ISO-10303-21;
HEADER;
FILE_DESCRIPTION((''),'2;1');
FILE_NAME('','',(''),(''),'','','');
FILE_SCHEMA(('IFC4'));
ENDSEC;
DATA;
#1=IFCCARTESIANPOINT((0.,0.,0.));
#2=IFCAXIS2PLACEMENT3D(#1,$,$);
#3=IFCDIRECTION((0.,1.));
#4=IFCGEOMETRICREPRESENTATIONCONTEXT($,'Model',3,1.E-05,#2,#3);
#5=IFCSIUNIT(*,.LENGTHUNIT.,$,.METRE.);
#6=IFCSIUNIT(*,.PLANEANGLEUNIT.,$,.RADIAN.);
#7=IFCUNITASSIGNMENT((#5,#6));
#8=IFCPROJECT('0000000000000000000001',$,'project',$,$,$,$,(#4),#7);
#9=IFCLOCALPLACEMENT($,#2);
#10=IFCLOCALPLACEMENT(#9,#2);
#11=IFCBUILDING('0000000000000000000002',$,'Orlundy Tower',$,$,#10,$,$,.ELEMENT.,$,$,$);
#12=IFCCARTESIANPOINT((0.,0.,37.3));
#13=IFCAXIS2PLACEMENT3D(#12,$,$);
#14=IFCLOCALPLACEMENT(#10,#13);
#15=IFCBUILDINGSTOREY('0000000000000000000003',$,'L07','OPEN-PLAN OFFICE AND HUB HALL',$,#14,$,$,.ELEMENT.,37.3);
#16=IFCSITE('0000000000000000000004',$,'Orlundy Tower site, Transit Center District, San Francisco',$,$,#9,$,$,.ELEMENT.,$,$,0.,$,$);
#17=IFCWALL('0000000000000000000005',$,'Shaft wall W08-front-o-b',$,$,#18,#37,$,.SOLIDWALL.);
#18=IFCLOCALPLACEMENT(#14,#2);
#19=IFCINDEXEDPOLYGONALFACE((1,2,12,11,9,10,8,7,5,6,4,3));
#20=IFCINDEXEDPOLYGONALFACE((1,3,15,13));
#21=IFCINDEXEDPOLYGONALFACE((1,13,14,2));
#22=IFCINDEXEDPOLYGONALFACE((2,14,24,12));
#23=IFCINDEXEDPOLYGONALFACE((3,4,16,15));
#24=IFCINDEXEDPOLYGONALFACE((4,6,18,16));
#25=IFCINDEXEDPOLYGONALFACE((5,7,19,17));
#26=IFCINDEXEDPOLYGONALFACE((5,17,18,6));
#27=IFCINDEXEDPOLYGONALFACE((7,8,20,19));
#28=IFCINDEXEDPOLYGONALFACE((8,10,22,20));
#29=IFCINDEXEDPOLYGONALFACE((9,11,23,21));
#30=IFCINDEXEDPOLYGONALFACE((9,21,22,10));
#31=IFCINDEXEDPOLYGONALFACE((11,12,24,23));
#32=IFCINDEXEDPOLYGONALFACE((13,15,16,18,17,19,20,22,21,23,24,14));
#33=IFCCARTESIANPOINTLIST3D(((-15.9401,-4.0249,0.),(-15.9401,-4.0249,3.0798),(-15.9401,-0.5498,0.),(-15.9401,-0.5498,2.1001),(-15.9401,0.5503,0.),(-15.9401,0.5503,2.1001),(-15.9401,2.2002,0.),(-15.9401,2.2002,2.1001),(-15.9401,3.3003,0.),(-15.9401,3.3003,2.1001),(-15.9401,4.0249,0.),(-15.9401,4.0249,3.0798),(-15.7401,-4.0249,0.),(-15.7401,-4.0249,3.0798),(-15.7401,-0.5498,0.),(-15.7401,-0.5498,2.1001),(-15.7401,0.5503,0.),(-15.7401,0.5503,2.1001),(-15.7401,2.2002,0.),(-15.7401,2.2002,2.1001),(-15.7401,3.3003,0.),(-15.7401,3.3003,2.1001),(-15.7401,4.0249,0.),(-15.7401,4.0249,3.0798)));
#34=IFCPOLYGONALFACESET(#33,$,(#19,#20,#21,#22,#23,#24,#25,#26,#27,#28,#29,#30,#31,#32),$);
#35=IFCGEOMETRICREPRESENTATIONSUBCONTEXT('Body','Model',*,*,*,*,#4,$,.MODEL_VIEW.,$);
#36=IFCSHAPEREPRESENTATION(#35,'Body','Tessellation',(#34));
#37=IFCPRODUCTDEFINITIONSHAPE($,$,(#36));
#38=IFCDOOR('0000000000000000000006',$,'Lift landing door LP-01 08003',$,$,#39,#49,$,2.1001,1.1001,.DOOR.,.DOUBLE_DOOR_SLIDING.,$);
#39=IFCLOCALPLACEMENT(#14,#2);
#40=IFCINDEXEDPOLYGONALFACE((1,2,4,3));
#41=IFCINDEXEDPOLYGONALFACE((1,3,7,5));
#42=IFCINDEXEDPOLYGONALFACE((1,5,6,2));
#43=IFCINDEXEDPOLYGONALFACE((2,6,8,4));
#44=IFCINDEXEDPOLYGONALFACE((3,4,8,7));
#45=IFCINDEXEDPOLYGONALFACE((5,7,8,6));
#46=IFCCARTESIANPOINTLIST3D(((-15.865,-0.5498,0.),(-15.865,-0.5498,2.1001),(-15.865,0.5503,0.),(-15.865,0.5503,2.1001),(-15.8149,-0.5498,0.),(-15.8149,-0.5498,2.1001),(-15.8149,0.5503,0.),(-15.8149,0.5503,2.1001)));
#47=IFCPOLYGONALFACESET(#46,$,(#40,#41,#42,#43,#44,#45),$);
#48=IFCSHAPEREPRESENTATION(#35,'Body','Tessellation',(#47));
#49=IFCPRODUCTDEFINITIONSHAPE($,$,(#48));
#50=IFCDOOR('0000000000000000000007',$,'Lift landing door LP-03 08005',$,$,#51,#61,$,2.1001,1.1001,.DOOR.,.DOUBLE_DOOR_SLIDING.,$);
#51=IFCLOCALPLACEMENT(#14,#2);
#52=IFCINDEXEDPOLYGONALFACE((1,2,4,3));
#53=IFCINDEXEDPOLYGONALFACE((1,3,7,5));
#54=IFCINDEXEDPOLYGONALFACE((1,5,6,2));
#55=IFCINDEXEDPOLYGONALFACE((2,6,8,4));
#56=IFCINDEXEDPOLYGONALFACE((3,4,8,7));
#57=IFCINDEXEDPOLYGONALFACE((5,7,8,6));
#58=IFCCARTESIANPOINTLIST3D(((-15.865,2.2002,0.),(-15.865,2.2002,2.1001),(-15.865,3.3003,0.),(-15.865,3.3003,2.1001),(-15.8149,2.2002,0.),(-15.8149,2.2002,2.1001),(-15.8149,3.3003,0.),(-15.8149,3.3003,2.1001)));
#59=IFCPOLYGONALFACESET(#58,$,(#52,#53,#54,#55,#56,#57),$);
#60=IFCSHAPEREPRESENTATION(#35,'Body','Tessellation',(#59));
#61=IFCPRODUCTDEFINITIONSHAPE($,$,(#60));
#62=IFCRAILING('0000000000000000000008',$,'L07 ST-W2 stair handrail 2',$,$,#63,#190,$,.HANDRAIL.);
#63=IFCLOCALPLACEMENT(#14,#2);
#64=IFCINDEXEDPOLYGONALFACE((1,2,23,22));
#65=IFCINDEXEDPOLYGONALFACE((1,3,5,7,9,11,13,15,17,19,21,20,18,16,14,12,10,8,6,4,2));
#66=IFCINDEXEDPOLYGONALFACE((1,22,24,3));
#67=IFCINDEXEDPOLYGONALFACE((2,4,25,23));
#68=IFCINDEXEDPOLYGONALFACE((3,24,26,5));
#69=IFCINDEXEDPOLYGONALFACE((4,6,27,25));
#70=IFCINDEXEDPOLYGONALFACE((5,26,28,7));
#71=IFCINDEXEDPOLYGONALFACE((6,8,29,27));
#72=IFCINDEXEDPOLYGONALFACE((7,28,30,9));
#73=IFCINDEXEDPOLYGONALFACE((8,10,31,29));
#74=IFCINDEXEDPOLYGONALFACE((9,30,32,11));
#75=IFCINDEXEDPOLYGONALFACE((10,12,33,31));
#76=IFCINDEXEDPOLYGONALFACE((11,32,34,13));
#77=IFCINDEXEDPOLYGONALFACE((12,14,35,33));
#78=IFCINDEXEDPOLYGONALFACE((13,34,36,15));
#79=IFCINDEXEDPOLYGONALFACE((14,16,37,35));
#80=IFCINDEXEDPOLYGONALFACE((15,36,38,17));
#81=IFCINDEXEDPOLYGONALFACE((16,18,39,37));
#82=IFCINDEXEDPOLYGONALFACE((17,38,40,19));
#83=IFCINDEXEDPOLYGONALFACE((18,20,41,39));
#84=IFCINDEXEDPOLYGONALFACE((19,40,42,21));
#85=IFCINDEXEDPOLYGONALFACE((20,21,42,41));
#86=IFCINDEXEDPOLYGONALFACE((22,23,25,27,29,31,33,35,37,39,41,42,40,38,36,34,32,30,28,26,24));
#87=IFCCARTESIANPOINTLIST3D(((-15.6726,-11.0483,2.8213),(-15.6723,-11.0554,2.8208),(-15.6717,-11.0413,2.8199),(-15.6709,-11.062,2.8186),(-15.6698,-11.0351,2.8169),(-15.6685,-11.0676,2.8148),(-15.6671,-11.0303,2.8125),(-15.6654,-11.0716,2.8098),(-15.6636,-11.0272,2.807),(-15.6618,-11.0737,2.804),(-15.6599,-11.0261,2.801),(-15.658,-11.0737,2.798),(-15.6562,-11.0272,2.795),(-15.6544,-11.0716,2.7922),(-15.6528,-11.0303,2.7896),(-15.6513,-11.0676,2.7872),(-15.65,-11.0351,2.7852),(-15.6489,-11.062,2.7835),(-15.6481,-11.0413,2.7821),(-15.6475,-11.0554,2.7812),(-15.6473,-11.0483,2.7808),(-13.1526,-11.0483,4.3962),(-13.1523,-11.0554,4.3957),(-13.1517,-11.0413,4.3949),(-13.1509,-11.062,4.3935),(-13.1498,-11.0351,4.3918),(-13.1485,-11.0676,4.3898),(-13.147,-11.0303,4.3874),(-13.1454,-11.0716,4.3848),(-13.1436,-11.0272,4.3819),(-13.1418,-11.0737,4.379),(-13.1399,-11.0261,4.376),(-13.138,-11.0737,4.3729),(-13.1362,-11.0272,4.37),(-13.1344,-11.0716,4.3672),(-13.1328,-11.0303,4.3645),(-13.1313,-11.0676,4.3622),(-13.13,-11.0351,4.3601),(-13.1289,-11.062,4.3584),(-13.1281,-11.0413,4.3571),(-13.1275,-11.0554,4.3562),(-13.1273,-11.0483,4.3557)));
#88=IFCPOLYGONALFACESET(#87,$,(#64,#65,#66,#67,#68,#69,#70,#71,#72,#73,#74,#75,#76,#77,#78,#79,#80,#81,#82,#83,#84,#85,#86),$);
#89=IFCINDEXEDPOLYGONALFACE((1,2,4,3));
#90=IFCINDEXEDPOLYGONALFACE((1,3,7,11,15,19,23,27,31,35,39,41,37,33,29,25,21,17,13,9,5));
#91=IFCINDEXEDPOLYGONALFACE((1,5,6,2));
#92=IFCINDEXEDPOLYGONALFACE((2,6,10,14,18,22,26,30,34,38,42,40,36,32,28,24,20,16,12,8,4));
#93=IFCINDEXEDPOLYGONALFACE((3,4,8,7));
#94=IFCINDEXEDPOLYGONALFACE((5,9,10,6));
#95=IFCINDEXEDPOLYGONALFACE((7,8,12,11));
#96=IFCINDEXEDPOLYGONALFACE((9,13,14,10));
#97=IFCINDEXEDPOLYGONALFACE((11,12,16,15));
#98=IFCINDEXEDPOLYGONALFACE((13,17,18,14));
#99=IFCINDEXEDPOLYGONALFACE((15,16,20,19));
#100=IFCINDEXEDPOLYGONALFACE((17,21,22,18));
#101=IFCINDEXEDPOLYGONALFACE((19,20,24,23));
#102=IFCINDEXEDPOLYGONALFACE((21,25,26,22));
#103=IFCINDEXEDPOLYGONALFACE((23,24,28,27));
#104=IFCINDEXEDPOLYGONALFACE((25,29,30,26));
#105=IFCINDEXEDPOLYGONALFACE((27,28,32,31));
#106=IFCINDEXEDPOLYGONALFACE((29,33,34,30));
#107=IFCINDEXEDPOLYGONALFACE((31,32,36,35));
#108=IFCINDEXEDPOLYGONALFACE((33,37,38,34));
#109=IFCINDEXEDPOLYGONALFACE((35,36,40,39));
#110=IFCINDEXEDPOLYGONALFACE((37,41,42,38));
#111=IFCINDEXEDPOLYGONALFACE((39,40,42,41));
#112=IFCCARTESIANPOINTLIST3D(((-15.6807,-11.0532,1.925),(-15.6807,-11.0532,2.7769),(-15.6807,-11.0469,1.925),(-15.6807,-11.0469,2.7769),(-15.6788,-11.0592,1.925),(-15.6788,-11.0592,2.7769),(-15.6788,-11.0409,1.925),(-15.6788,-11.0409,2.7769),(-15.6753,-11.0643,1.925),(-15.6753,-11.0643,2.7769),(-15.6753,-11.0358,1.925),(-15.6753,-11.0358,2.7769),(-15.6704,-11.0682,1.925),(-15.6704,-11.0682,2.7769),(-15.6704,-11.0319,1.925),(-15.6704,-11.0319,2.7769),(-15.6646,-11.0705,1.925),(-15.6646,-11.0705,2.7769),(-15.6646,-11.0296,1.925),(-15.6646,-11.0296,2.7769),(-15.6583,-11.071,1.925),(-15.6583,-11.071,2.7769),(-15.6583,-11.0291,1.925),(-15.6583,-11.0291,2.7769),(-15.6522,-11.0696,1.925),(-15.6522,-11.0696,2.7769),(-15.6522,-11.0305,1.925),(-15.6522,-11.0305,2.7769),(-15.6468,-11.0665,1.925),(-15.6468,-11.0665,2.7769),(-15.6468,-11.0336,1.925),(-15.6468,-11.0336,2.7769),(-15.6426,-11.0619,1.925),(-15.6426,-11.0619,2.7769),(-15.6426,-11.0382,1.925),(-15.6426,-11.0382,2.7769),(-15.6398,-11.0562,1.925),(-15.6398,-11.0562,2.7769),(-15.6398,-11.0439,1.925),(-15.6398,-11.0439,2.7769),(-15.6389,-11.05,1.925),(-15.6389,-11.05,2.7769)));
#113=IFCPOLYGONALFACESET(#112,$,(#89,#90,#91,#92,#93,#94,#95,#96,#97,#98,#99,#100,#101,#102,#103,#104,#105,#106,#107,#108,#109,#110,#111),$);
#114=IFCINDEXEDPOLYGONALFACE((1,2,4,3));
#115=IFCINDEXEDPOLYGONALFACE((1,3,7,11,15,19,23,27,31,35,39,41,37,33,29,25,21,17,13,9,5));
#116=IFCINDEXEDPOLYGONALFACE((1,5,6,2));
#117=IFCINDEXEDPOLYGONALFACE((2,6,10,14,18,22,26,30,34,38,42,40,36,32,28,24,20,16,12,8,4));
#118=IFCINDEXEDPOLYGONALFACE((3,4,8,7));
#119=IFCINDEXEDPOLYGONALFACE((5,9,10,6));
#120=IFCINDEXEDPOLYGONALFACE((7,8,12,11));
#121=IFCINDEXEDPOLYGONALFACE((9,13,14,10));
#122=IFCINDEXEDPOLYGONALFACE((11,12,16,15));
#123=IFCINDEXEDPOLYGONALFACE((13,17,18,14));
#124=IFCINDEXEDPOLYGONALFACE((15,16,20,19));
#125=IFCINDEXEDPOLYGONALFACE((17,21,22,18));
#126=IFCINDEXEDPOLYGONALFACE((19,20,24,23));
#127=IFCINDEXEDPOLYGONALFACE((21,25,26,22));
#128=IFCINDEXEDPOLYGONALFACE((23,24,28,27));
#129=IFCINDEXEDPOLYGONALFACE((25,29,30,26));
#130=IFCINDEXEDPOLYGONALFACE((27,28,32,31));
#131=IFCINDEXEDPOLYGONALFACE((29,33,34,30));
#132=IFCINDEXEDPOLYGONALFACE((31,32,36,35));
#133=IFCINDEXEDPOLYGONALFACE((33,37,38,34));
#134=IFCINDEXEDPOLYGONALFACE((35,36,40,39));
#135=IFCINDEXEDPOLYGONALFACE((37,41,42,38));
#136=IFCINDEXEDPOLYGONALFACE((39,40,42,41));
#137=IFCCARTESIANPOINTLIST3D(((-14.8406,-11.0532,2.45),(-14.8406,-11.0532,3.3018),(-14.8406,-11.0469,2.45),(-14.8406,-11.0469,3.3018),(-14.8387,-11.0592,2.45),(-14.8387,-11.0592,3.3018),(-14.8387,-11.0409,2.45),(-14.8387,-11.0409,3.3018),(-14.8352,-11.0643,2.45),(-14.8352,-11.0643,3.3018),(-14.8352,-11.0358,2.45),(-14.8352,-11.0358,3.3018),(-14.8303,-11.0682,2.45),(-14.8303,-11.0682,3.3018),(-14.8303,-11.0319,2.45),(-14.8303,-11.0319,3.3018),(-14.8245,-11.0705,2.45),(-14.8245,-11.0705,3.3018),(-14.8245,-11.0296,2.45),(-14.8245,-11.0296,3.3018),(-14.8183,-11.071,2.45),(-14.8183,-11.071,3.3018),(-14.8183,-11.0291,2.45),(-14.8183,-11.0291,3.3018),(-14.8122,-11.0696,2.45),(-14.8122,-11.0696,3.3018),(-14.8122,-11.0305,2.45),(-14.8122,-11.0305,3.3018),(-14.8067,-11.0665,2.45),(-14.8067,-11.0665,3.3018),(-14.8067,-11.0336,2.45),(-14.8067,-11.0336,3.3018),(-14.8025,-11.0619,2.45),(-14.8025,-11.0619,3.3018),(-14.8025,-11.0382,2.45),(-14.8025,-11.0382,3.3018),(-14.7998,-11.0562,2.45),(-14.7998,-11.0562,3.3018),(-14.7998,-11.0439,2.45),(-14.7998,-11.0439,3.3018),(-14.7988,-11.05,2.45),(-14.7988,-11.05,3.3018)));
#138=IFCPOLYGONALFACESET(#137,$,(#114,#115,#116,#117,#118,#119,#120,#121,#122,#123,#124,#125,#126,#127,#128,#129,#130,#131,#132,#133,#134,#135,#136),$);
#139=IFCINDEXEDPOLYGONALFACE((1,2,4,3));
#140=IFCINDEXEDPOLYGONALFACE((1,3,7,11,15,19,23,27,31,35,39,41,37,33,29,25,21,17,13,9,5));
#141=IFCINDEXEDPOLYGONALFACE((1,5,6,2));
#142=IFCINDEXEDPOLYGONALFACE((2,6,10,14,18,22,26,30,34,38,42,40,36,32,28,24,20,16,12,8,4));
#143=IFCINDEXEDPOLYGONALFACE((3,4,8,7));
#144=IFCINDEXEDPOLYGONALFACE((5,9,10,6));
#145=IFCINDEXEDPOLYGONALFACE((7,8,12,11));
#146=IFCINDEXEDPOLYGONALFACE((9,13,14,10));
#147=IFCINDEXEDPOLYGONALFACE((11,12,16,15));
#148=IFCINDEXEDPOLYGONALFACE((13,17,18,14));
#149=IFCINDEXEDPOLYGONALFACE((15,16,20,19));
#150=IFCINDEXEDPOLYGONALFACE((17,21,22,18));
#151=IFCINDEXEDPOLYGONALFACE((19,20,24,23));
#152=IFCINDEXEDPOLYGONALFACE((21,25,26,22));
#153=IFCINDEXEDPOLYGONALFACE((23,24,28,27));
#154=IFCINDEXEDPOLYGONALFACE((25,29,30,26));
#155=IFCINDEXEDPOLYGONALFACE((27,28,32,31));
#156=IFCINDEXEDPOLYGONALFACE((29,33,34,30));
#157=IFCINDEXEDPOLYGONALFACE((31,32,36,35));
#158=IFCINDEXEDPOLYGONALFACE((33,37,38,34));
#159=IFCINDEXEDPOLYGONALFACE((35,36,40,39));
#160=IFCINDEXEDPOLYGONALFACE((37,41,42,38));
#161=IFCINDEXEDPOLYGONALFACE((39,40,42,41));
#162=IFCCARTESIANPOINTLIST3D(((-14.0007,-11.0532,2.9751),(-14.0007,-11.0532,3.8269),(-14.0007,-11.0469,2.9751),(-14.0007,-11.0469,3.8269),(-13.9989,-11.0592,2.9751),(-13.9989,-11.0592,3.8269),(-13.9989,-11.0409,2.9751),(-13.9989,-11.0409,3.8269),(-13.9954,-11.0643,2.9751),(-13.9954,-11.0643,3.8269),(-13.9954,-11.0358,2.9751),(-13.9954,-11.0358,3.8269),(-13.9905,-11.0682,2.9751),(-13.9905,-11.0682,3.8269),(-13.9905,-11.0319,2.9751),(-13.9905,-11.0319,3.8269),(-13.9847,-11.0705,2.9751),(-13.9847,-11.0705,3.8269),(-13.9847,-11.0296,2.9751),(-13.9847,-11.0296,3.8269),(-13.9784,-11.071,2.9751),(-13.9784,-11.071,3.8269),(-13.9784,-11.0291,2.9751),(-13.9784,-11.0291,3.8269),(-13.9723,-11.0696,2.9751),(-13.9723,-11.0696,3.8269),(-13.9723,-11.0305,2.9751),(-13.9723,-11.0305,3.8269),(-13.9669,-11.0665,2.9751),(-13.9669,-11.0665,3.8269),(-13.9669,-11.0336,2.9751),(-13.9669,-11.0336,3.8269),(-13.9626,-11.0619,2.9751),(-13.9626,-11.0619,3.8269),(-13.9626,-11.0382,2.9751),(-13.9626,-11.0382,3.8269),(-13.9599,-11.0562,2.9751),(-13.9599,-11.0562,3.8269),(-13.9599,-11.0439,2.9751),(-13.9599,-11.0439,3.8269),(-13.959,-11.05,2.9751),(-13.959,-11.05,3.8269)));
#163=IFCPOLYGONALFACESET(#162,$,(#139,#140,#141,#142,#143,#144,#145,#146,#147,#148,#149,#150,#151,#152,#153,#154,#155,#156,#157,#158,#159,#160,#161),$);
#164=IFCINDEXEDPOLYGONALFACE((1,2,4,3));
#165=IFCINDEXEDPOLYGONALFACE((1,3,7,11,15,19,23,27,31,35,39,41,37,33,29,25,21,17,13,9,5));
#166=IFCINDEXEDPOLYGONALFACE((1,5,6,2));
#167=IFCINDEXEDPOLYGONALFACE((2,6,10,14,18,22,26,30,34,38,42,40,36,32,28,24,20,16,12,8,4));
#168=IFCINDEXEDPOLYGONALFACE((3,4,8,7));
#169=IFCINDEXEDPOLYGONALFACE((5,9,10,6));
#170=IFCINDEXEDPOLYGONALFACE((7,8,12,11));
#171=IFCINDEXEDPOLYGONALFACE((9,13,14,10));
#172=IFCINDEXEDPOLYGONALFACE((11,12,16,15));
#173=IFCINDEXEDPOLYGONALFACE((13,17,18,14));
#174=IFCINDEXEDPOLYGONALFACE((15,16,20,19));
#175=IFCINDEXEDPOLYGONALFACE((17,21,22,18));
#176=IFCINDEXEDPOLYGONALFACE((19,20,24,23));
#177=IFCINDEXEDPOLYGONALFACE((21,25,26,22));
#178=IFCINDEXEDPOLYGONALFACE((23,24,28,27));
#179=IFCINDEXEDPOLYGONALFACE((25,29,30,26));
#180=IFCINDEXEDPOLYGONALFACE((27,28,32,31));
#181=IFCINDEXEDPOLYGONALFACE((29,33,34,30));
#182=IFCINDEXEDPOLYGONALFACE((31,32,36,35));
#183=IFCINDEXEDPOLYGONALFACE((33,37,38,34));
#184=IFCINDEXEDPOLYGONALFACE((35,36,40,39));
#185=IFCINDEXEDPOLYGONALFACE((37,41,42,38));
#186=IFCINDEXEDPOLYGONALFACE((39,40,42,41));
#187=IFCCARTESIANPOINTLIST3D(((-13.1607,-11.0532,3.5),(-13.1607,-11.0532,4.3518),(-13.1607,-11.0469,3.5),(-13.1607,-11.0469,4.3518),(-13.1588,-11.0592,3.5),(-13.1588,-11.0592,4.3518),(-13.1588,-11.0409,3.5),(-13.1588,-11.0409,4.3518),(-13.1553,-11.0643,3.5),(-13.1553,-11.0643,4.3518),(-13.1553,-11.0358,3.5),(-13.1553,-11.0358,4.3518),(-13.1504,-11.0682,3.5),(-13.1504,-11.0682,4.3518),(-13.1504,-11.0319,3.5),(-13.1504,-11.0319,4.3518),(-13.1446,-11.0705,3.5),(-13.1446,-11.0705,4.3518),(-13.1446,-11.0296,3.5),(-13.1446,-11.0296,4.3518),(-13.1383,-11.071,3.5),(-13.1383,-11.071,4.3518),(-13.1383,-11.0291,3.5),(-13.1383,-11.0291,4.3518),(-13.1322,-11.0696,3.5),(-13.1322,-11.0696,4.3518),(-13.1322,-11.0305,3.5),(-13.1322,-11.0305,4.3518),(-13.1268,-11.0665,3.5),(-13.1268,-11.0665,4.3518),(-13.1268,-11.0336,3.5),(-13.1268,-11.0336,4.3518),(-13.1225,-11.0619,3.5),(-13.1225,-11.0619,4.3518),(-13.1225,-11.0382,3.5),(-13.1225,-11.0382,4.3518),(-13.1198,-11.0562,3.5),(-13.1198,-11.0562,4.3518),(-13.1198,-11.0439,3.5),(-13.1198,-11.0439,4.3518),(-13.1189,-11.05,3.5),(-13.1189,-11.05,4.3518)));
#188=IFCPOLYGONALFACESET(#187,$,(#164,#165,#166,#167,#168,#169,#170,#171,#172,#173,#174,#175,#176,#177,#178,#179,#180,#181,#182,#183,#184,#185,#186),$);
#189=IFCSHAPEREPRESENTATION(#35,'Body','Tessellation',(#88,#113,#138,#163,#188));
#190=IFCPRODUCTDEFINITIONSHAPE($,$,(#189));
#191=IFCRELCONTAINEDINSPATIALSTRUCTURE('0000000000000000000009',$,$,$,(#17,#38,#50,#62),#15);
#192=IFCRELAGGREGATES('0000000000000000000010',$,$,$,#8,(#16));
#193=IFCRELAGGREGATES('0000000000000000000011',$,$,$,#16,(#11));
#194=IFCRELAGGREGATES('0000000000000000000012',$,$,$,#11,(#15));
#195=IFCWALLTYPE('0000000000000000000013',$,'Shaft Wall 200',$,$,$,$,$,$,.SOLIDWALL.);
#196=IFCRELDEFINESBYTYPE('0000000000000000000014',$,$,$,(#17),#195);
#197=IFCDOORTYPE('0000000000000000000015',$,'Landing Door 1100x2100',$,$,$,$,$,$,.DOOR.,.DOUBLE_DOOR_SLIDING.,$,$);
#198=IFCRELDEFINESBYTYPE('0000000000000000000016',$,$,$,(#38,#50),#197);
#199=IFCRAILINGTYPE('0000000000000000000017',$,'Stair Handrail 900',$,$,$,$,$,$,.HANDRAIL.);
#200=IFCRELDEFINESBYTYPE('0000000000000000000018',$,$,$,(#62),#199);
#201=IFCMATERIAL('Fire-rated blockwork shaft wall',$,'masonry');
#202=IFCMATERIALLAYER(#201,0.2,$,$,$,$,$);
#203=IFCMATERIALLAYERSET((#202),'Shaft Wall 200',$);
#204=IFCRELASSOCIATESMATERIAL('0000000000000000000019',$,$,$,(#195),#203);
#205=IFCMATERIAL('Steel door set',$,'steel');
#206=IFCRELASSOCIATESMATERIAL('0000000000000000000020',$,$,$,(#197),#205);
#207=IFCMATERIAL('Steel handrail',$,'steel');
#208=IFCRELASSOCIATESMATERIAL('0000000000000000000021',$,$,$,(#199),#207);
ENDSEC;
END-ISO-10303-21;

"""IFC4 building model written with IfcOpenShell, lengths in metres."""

from ifc_helpers import new_model, si_unit, direction, frame, frame_2d, origin, origin_2d, place, context, subcontext, project, spatial, rectangle, circle, extrude, material, layer, layer_set, type_object, element, fill, save


model = new_model("IFC4")

# Units and contexts
model_context = context("Model", 3, precision=1e-05, world=origin(), true_north=direction((0.0, 1.0)))
body_context = subcontext(model_context, "Body", "Model", "MODEL_VIEW")
ifc_project = project(units=[si_unit("LENGTHUNIT", "METRE"), si_unit("PLANEANGLEUNIT", "RADIAN")], contexts=[model_context])

# Site, building, storey
site_placement = place(None, origin())
site = spatial("IfcSite", under=ifc_project, at=site_placement, Name="Orlundy Tower site, Transit Center District, San Francisco", CompositionType="ELEMENT", RefElevation=0.0)
building_placement = place(site_placement, origin())
building = spatial("IfcBuilding", under=site, at=building_placement, Name="Orlundy Tower", CompositionType="ELEMENT")
storey_placement = place(building_placement, frame((0.0, 0.0, 37.3)))
storey = spatial("IfcBuildingStorey", under=building, at=storey_placement, Name="L07", Description="OPEN-PLAN OFFICE AND HUB HALL", CompositionType="ELEMENT", Elevation=37.3)

# Shared definitions
ifc_material_1 = material(Name="Fire-rated blockwork shaft wall", Category="masonry")
ifc_layer_1 = layer(ifc_material_1, 0.2)
ifc_layer_set_1 = layer_set([ifc_layer_1], Name="Shaft Wall 200")
wall_type_1 = type_object("IfcWallType", Name="Shaft Wall 200", PredefinedType="SOLIDWALL", material=ifc_layer_set_1)
ifc_material_2 = material(Name="Steel door set", Category="steel")
door_type_1 = type_object("IfcDoorType", Name="Landing Door 1100x2100", OperationType="DOUBLE_DOOR_SLIDING", PredefinedType="DOOR", material=ifc_material_2)

# Wall, openings, doors
wall_1_placement = place(storey_placement, frame((-15.8401, -4.0249, 0.0), z_axis=(0.0, 0.0, 1.0), x_axis=(0.0, 1.0, 0.0)))
wall_1 = element("IfcWall", 1, at=wall_1_placement, inside=storey, type_object=wall_type_1, Name="Shaft wall W08-front-o-b", PredefinedType="SOLIDWALL", context=body_context, shape_type="SweptSolid", body=[
    extrude(rectangle(XDim=8.0498, YDim=0.2, at=frame_2d((4.0249, 0.0))), origin(), (0.0, 0.0, 1.0), 3.0798),
])
opening_1_placement = place(wall_1_placement, frame((3.4751, 0.0, 0.0)))
opening_1 = element("IfcOpeningElement", 2, at=opening_1_placement, cuts=wall_1, PredefinedType="OPENING", context=body_context, shape_type="SweptSolid", body=[
    extrude(rectangle(XDim=1.1001, YDim=2.1001, at=frame_2d((0.55, 1.05))), frame((0.0, 0.1101, 0.0), z_axis=(0.0, -1.0, 0.0), x_axis=(1.0, 0.0, 0.0)), (0.0, 0.0, 1.0), 0.2202),
])
opening_2_placement = place(wall_1_placement, frame((6.2251, 0.0, 0.0)))
opening_2 = element("IfcOpeningElement", 3, at=opening_2_placement, cuts=wall_1, PredefinedType="OPENING", context=body_context, shape_type="SweptSolid", body=[
    extrude(rectangle(XDim=1.1001, YDim=2.1001, at=frame_2d((0.55, 1.05))), frame((0.0, 0.1101, 0.0), z_axis=(0.0, -1.0, 0.0), x_axis=(1.0, 0.0, 0.0)), (0.0, 0.0, 1.0), 0.2202),
])
door_1_placement = place(opening_1_placement, origin())
door_1 = element("IfcDoor", 4, at=door_1_placement, inside=storey, type_object=door_type_1, Name="Lift landing door LP-01 08003", OperationType="DOUBLE_DOOR_SLIDING", OverallHeight=2.1001, OverallWidth=1.1001, PredefinedType="DOOR", context=body_context, shape_type="SweptSolid", body=[
    extrude(rectangle(XDim=1.1001, YDim=2.1001, at=frame_2d((0.55, 1.05))), frame((0.0, 0.0249, 0.0), z_axis=(0.0, -1.0, 0.0), x_axis=(1.0, 0.0, 0.0)), (0.0, 0.0, 1.0), 0.05),
])
fill(opening_1, door_1)
door_2_placement = place(opening_2_placement, origin())
door_2 = element("IfcDoor", 5, at=door_2_placement, inside=storey, type_object=door_type_1, Name="Lift landing door LP-03 08005", OperationType="DOUBLE_DOOR_SLIDING", OverallHeight=2.1001, OverallWidth=1.1001, PredefinedType="DOOR", context=body_context, shape_type="SweptSolid", body=[
    extrude(rectangle(XDim=1.1001, YDim=2.1001, at=frame_2d((0.55, 1.05))), frame((0.0, 0.0249, 0.0), z_axis=(0.0, -1.0, 0.0), x_axis=(1.0, 0.0, 0.0)), (0.0, 0.0, 1.0), 0.05),
])
fill(opening_2, door_2)

# Railing
ifc_material_3 = material(Name="Steel handrail", Category="steel")
railing_type = type_object("IfcRailingType", Name="Stair Handrail 900", PredefinedType="HANDRAIL", material=ifc_material_3)
railing_placement = place(storey_placement, frame((-15.6599, -11.05, 1.925)))
element("IfcRailing", 6, at=railing_placement, inside=storey, type_object=railing_type, Name="L07 ST-W2 stair handrail 2", PredefinedType="HANDRAIL", context=body_context, shape_type="SweptSolid", body=[
    extrude(circle(Radius=0.0239, at=origin_2d()), frame((0.0, 0.0, 0.876), z_axis=(0.848008, 0.0, 0.529984), x_axis=(0.0, 1.0, 0.0)), (0.0, 0.0, 1.0), 2.9717),
    extrude(circle(Radius=0.021, at=origin_2d()), origin(), (0.0, 0.0, 1.0), 0.8518),
    extrude(circle(Radius=0.021, at=origin_2d()), frame((0.8401, 0.0, 0.5249)), (0.0, 0.0, 1.0), 0.8518),
    extrude(circle(Radius=0.021, at=origin_2d()), frame((1.6799, 0.0, 1.05)), (0.0, 0.0, 1.0), 0.8518),
    extrude(circle(Radius=0.021, at=origin_2d()), frame((2.52, 0.0, 1.575)), (0.0, 0.0, 1.0), 0.8518),
])

save(model, "model.ifc")
